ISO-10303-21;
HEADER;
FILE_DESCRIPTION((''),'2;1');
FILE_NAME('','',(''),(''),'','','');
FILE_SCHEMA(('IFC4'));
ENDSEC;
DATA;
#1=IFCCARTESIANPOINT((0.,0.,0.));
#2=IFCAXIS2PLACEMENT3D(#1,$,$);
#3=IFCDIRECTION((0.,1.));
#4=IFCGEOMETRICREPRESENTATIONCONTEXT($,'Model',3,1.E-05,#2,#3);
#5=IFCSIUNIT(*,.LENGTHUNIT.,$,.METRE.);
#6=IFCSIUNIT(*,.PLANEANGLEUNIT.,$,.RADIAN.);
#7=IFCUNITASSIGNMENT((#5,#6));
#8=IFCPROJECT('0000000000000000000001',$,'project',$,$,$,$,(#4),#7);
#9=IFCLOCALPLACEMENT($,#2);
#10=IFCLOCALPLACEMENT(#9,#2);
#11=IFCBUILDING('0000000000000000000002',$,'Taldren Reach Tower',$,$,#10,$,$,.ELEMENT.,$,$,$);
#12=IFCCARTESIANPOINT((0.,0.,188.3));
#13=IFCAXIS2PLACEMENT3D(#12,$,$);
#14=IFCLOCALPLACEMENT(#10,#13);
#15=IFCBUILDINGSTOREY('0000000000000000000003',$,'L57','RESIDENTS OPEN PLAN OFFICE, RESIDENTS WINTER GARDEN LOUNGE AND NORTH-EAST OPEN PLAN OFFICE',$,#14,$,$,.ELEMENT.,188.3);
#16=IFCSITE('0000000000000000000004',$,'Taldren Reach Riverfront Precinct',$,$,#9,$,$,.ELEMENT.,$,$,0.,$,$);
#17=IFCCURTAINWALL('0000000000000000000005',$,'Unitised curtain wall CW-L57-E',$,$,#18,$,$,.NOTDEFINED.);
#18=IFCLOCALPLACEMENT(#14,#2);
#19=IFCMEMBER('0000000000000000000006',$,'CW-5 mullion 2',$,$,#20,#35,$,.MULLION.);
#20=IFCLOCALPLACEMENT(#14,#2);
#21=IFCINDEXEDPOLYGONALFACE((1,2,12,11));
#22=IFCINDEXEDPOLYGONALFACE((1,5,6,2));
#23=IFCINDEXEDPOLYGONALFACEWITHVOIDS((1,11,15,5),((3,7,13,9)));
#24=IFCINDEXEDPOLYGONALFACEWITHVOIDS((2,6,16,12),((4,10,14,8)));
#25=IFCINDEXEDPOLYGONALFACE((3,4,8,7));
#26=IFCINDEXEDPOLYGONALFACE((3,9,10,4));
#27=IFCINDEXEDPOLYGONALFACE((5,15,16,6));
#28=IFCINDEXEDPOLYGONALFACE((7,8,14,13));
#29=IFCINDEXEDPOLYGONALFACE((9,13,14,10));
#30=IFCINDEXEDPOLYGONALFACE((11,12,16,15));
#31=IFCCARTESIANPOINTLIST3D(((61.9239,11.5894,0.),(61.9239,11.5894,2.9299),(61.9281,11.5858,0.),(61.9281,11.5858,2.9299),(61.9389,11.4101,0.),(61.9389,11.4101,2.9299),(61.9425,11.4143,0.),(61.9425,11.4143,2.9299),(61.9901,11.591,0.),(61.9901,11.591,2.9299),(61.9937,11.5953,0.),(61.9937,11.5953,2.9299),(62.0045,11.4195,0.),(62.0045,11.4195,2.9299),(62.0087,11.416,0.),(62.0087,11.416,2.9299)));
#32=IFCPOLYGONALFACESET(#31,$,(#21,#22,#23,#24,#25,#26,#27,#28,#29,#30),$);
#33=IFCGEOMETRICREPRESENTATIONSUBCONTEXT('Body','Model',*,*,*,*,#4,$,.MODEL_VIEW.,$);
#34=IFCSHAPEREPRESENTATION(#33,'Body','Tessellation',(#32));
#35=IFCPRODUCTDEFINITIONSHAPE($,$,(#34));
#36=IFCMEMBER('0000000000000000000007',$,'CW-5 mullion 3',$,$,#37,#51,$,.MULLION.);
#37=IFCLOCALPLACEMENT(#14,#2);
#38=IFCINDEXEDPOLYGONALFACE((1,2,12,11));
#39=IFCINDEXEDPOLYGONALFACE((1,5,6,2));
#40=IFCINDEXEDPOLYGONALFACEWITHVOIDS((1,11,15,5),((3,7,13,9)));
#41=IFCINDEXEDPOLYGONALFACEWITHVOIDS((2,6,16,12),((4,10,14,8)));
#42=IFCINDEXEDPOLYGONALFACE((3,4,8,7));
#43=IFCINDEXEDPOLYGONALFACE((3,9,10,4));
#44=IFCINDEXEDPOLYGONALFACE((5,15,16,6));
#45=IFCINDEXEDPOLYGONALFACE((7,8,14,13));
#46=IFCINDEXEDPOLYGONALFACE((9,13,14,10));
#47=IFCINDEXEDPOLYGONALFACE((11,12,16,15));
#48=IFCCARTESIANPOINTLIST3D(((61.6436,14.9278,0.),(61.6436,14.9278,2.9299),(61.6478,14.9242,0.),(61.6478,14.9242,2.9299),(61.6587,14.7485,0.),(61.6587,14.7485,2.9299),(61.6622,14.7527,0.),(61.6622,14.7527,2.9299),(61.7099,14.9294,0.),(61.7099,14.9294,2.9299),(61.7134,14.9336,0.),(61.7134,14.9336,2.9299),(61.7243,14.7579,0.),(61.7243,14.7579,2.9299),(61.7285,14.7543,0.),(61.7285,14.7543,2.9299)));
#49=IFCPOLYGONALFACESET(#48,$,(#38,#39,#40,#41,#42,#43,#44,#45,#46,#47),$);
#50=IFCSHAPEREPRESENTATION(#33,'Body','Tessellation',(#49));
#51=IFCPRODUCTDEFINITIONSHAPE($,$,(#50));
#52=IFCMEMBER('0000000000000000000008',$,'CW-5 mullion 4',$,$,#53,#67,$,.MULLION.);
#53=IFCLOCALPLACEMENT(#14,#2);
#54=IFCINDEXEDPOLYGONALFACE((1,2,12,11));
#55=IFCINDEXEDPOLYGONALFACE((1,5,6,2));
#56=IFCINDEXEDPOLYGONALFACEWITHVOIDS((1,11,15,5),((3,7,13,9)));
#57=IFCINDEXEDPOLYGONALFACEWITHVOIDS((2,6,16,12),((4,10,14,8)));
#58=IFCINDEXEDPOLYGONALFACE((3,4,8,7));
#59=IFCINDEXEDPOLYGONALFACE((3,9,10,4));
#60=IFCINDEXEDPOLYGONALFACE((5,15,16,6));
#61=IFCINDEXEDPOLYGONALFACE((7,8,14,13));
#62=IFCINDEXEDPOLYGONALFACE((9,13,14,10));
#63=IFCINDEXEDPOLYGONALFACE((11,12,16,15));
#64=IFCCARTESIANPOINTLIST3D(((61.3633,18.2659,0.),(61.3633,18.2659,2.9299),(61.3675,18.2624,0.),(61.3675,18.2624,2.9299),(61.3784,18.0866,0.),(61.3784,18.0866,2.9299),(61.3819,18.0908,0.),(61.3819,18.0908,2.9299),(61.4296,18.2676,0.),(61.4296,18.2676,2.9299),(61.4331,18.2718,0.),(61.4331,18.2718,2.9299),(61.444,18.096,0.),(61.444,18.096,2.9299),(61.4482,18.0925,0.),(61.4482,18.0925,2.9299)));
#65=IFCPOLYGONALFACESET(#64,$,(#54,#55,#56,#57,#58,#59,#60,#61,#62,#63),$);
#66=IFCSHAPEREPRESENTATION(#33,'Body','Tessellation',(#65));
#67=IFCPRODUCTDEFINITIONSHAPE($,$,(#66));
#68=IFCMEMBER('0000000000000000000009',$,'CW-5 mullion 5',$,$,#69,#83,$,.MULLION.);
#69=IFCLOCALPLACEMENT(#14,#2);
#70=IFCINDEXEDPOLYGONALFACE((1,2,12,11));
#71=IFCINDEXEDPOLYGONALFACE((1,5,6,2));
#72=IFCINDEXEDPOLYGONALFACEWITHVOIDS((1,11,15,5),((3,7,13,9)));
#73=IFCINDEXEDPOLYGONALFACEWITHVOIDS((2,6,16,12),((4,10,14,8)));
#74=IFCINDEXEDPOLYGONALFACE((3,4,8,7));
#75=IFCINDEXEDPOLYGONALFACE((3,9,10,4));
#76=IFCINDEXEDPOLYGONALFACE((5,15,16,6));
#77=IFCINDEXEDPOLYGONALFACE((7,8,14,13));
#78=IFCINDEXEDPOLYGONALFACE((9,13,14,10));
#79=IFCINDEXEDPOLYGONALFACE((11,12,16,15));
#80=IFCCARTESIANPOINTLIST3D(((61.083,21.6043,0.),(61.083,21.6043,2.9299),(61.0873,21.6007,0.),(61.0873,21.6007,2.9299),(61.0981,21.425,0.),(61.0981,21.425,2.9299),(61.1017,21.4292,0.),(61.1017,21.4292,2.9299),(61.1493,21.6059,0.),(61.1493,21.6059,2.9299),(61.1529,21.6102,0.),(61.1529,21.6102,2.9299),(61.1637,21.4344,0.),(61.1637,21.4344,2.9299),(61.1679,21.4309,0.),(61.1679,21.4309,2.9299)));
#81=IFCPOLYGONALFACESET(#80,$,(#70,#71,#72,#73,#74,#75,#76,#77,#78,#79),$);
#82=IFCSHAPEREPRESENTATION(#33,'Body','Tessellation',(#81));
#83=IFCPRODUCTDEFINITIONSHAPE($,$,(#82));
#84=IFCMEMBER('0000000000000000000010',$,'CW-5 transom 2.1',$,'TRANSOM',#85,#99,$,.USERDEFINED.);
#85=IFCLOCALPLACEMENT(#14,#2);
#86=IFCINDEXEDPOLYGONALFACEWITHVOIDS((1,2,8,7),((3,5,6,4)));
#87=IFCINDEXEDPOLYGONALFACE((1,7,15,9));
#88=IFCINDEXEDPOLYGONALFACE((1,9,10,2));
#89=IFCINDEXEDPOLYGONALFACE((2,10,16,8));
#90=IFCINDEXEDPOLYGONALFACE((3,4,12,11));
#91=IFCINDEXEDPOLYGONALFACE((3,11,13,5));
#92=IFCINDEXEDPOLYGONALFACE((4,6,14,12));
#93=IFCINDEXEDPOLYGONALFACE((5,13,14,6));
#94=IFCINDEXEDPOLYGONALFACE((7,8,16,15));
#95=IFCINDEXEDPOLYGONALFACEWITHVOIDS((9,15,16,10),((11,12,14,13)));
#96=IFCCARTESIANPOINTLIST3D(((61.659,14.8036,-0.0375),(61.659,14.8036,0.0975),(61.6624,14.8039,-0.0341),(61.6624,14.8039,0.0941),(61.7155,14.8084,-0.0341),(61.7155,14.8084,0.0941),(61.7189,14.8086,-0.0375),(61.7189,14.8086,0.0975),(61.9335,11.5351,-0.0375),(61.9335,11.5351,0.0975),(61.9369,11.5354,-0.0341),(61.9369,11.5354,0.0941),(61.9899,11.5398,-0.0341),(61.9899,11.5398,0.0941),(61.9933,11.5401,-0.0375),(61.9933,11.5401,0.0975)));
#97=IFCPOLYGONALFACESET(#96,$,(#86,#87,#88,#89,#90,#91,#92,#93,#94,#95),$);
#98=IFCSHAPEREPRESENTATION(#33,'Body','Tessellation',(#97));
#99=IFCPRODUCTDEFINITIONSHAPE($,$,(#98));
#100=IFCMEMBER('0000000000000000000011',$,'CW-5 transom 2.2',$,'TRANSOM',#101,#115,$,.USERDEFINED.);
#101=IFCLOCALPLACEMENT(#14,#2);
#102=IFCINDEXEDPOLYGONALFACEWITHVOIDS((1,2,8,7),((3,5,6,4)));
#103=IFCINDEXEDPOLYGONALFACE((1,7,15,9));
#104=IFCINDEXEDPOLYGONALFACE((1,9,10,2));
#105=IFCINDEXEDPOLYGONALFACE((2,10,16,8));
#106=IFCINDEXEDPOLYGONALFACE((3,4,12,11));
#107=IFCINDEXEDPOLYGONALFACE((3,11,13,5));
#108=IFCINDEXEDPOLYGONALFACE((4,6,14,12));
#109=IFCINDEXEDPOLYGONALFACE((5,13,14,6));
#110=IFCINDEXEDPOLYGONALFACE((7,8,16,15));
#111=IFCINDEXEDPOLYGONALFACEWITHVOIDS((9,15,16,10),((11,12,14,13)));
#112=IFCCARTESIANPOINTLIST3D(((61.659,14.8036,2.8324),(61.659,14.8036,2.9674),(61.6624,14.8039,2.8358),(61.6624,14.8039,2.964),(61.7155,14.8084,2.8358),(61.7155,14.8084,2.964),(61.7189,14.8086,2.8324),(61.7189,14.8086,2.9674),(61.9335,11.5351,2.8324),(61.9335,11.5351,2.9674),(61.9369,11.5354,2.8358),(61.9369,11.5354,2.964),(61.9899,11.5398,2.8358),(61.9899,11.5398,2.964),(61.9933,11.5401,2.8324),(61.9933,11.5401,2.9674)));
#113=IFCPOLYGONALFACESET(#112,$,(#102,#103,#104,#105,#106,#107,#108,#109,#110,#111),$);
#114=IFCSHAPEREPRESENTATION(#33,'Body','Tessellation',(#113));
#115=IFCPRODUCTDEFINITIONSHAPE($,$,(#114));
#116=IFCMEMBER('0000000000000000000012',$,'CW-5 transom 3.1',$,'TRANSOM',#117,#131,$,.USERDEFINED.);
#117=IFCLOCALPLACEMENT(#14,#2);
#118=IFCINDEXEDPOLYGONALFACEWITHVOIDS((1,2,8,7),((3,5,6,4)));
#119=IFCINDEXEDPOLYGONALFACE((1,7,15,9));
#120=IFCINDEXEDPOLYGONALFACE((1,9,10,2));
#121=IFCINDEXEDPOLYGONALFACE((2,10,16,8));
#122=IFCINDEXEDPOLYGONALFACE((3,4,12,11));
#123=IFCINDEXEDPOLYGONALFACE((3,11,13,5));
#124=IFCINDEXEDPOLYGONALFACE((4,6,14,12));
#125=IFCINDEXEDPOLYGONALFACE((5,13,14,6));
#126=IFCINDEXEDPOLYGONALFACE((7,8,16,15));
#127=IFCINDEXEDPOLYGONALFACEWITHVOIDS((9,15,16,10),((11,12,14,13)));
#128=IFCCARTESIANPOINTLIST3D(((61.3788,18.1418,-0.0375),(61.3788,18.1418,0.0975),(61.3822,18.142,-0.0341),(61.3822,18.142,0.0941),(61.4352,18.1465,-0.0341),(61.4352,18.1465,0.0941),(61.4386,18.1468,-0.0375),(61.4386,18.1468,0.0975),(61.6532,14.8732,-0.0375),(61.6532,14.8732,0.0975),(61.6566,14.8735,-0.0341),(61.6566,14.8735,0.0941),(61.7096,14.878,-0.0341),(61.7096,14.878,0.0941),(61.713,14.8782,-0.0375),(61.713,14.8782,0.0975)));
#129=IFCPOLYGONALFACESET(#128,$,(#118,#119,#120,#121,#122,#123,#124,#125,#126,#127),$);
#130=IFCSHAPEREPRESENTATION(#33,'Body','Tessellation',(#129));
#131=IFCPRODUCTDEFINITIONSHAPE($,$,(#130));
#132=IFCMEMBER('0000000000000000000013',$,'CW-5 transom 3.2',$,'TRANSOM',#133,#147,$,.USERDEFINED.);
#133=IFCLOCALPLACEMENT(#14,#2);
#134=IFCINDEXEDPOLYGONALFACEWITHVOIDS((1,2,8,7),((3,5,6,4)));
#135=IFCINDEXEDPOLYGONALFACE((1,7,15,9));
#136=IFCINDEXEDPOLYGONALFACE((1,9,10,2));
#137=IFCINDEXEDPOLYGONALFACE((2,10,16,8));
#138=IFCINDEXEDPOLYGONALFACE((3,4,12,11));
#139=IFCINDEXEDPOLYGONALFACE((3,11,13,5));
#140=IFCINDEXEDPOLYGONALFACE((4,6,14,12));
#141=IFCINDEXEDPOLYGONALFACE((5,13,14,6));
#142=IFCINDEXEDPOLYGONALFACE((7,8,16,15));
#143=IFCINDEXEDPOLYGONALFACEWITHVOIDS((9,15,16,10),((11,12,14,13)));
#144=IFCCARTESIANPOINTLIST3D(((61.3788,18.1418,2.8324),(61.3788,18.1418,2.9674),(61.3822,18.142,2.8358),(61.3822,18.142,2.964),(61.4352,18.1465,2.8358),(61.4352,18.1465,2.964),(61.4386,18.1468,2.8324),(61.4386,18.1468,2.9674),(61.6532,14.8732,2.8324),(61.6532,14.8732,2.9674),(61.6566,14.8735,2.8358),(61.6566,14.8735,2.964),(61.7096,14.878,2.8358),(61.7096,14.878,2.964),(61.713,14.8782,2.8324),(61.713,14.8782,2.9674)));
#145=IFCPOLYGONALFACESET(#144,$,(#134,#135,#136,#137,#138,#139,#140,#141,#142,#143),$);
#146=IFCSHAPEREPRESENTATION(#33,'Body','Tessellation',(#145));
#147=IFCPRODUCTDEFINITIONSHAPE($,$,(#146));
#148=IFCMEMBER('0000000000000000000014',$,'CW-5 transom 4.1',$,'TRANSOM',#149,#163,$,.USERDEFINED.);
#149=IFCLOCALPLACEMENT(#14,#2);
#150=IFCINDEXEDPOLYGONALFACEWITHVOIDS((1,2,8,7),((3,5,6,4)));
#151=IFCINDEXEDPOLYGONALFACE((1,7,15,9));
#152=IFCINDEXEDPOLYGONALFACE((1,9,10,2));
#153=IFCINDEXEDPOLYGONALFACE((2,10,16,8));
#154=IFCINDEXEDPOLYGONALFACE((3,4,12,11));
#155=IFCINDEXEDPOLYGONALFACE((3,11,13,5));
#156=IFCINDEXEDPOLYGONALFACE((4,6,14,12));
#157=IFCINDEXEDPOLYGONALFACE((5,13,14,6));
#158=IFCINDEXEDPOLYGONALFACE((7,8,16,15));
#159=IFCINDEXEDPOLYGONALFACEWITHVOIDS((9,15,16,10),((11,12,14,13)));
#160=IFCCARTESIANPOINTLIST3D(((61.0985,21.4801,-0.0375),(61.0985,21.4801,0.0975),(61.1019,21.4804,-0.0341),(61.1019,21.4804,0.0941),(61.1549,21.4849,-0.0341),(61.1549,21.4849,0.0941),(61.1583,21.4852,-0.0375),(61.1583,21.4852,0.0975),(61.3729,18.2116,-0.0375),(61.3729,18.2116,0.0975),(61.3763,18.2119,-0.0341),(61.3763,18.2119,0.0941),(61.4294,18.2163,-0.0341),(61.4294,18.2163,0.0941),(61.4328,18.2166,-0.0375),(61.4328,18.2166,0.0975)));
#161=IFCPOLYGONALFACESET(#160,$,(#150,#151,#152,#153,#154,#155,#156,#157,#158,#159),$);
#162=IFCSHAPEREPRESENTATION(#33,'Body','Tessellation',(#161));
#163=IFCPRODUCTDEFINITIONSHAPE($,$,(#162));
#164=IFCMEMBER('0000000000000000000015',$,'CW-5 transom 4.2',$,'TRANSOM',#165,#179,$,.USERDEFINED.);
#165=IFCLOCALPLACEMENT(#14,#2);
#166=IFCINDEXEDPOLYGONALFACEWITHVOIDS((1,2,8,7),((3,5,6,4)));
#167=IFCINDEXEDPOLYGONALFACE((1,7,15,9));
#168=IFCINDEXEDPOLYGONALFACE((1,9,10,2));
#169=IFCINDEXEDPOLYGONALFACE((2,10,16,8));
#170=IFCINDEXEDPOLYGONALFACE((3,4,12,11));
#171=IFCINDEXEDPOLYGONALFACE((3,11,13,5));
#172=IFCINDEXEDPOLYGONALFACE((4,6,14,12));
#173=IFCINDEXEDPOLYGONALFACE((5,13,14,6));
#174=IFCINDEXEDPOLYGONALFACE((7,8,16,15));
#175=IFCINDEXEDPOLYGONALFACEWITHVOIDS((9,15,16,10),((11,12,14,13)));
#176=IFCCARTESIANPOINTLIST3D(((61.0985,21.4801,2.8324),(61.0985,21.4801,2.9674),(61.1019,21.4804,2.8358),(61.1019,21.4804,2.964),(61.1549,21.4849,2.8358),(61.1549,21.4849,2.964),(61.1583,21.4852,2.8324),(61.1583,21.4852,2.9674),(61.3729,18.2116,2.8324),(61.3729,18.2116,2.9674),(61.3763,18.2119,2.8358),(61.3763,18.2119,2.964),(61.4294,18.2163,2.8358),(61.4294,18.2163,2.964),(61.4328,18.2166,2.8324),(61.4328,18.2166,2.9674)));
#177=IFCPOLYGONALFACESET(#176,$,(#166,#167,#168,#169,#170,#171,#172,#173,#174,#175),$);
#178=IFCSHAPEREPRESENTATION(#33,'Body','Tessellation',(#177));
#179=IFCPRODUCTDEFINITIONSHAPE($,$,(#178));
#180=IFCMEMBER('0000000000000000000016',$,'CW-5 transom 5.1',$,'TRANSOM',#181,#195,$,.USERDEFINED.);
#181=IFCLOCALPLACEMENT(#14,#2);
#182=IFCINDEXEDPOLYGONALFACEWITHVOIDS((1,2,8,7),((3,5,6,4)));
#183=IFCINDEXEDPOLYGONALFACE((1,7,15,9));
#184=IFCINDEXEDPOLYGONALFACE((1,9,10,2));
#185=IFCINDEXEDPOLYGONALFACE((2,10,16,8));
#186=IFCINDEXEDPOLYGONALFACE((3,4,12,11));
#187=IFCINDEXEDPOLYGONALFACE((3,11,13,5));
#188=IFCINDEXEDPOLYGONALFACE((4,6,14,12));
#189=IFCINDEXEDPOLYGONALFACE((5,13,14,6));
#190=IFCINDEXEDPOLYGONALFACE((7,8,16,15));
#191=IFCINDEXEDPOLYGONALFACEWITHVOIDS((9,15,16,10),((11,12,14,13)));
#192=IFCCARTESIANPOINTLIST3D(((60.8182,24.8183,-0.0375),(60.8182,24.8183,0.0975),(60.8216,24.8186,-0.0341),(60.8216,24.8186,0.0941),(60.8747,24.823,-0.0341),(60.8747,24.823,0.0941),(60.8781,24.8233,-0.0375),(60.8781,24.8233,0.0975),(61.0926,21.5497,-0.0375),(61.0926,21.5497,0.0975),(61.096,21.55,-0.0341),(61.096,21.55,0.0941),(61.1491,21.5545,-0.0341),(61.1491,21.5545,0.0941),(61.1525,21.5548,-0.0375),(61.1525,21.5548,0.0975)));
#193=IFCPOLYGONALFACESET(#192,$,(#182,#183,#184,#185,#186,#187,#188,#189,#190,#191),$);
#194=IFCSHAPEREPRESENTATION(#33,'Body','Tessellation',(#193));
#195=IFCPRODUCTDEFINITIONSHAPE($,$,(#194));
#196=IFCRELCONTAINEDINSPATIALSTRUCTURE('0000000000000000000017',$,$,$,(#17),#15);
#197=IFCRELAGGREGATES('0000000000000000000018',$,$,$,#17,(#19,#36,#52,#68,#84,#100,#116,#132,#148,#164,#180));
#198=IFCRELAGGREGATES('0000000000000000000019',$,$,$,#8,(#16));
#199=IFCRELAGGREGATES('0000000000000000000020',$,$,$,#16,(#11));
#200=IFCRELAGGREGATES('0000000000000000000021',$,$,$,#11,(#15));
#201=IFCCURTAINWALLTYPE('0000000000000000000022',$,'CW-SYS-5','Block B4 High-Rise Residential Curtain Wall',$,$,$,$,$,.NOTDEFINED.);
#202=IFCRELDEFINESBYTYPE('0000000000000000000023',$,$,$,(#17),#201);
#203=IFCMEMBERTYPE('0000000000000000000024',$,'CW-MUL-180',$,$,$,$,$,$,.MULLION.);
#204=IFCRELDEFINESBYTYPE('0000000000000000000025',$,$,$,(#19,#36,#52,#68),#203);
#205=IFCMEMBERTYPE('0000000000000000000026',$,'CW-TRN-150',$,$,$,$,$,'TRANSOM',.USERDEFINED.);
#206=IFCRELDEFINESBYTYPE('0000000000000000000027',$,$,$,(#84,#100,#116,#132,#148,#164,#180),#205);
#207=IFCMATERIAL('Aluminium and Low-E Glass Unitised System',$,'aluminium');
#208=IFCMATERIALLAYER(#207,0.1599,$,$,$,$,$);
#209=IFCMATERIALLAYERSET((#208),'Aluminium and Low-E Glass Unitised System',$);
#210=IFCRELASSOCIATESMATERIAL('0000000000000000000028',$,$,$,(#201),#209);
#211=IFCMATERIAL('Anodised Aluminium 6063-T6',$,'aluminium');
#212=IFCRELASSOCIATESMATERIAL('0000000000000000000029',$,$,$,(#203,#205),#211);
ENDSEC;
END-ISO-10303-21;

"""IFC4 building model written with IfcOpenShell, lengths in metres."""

from ifc_helpers import new_model, si_unit, direction, frame, origin, origin_2d, place, context, subcontext, project, spatial, hollow_rectangle, extrude, source, transform, mapped, material, layer, layer_set, material_profile, profile_set, type_object, element, aggregate, save


model = new_model("IFC4")

# Units and contexts
model_context = context("Model", 3, precision=1e-05, world=origin(), true_north=direction((0.0, 1.0)))
body_context = subcontext(model_context, "Body", "Model", "MODEL_VIEW")
ifc_project = project(units=[si_unit("LENGTHUNIT", "METRE"), si_unit("PLANEANGLEUNIT", "RADIAN")], contexts=[model_context])

# Site, building, storey
site_placement = place(None, origin())
site = spatial("IfcSite", under=ifc_project, at=site_placement, Name="Taldren Reach Riverfront Precinct", CompositionType="ELEMENT", RefElevation=0.0)
building_placement = place(site_placement, origin())
building = spatial("IfcBuilding", under=site, at=building_placement, Name="Taldren Reach Tower", CompositionType="ELEMENT")
storey_placement = place(building_placement, frame((0.0, 0.0, 188.3)))
storey = spatial("IfcBuildingStorey", under=building, at=storey_placement, Name="L57", Description="RESIDENTS OPEN PLAN OFFICE, RESIDENTS WINTER GARDEN LOUNGE AND NORTH-EAST OPEN PLAN OFFICE", CompositionType="ELEMENT", Elevation=188.3)

# Curtain wall, members
ifc_material_1 = material(Name="Aluminium and Low-E Glass Unitised System", Category="aluminium")
ifc_layer_1 = layer(ifc_material_1, 0.1599)
ifc_layer_set_1 = layer_set([ifc_layer_1], Name="Aluminium and Low-E Glass Unitised System")
curtain_wall_type = type_object("IfcCurtainWallType", Name="CW-SYS-5", Description="Block B4 High-Rise Residential Curtain Wall", PredefinedType="NOTDEFINED", material=ifc_layer_set_1)
curtain_wall_placement = place(storey_placement, origin())
curtain_wall = element("IfcCurtainWall", 1, at=curtain_wall_placement, inside=storey, type_object=curtain_wall_type, Name="Unitised curtain wall CW-L57-E", PredefinedType="NOTDEFINED")
ifc_material_2 = material(Name="Anodised Aluminium 6063-T6", Category="aluminium")
ifc_material_profile_1 = material_profile(ifc_material_2, hollow_rectangle(XDim=0.0701, YDim=0.1799, WallThickness=0.0039, at=origin_2d()), Name="ALU-180x70x4RHS")
ifc_profile_set_1 = profile_set([ifc_material_profile_1], Name="Anodised Aluminium 6063-T6")
member_type_1 = type_object("IfcMemberType", Name="CW-MUL-180", PredefinedType="MULLION", material=ifc_profile_set_1)
shared_shape_1 = source(origin(), body_context, "Body", "SweptSolid", [
    extrude(hollow_rectangle(XDim=0.0701, YDim=0.1799, WallThickness=0.0039, at=origin_2d()), origin(), (0.0, 0.0, 1.0), 2.9299),
])
member_1_placement = place(storey_placement, frame((61.9663, 11.5027, 0.0), z_axis=(0.0, 0.0, 1.0), x_axis=(-0.996493, -0.083678, 0.0)))
member_1 = element("IfcMember", 2, at=member_1_placement, type_object=member_type_1, Name="CW-5 mullion 2", PredefinedType="MULLION", context=body_context, shape_type="MappedRepresentation", body=[
    mapped(shared_shape_1, transform((0.0, 0.0, 0.0), scale=1.0)),
])
member_2_placement = place(storey_placement, frame((61.686, 14.8411, 0.0), z_axis=(0.0, 0.0, 1.0), x_axis=(-0.996493, -0.083678, 0.0)))
member_2 = element("IfcMember", 3, at=member_2_placement, type_object=member_type_1, Name="CW-5 mullion 3", PredefinedType="MULLION", context=body_context, shape_type="MappedRepresentation", body=[
    mapped(shared_shape_1, transform((0.0, 0.0, 0.0), scale=1.0)),
])
member_3_placement = place(storey_placement, frame((61.4058, 18.1792, 0.0), z_axis=(0.0, 0.0, 1.0), x_axis=(-0.996493, -0.083678, 0.0)))
member_3 = element("IfcMember", 4, at=member_3_placement, type_object=member_type_1, Name="CW-5 mullion 4", PredefinedType="MULLION", context=body_context, shape_type="MappedRepresentation", body=[
    mapped(shared_shape_1, transform((0.0, 0.0, 0.0), scale=1.0)),
])
member_4_placement = place(storey_placement, frame((61.1255, 21.5176, 0.0), z_axis=(0.0, 0.0, 1.0), x_axis=(-0.996493, -0.083678, 0.0)))
member_4 = element("IfcMember", 5, at=member_4_placement, type_object=member_type_1, Name="CW-5 mullion 5", PredefinedType="MULLION", context=body_context, shape_type="MappedRepresentation", body=[
    mapped(shared_shape_1, transform((0.0, 0.0, 0.0), scale=1.0)),
])
ifc_material_profile_2 = material_profile(ifc_material_2, hollow_rectangle(XDim=0.0601, YDim=0.135, WallThickness=0.0034, at=origin_2d()), Name="ALU-135x60x3.5RHS")
ifc_profile_set_2 = profile_set([ifc_material_profile_2], Name="Anodised Aluminium 6063-T6")
member_type_2 = type_object("IfcMemberType", Name="CW-TRN-150", ElementType="TRANSOM", PredefinedType="USERDEFINED", material=ifc_profile_set_2)
shared_shape_2 = source(origin(), body_context, "Body", "SweptSolid", [
    extrude(hollow_rectangle(XDim=0.0601, YDim=0.135, WallThickness=0.0034, at=origin_2d()), origin(), (0.0, 0.0, 1.0), 3.28),
])
member_5_placement = place(storey_placement, frame((61.9634, 11.5376, 0.03), z_axis=(-0.083661, 0.996494, 0.0), x_axis=(-0.996494, -0.083661, 0.0)))
member_5 = element("IfcMember", 6, at=member_5_placement, type_object=member_type_2, Name="CW-5 transom 2.1", ObjectType="TRANSOM", PredefinedType="USERDEFINED", context=body_context, shape_type="MappedRepresentation", body=[
    mapped(shared_shape_2, transform((0.0, 0.0, 0.0), scale=1.0)),
])
member_6_placement = place(storey_placement, frame((61.9634, 11.5376, 2.8999), z_axis=(-0.083661, 0.996494, 0.0), x_axis=(-0.996494, -0.083661, 0.0)))
member_6 = element("IfcMember", 7, at=member_6_placement, type_object=member_type_2, Name="CW-5 transom 2.2", ObjectType="TRANSOM", PredefinedType="USERDEFINED", context=body_context, shape_type="MappedRepresentation", body=[
    mapped(shared_shape_2, transform((0.0, 0.0, 0.0), scale=1.0)),
])
member_7_placement = place(storey_placement, frame((61.6831, 14.8757, 0.03), z_axis=(-0.083661, 0.996494, 0.0), x_axis=(-0.996494, -0.083661, 0.0)))
member_7 = element("IfcMember", 8, at=member_7_placement, type_object=member_type_2, Name="CW-5 transom 3.1", ObjectType="TRANSOM", PredefinedType="USERDEFINED", context=body_context, shape_type="MappedRepresentation", body=[
    mapped(shared_shape_2, transform((0.0, 0.0, 0.0), scale=1.0)),
])
member_8_placement = place(storey_placement, frame((61.6831, 14.8757, 2.8999), z_axis=(-0.083661, 0.996494, 0.0), x_axis=(-0.996494, -0.083661, 0.0)))
member_8 = element("IfcMember", 9, at=member_8_placement, type_object=member_type_2, Name="CW-5 transom 3.2", ObjectType="TRANSOM", PredefinedType="USERDEFINED", context=body_context, shape_type="MappedRepresentation", body=[
    mapped(shared_shape_2, transform((0.0, 0.0, 0.0), scale=1.0)),
])
member_9_placement = place(storey_placement, frame((61.4028, 18.2141, 0.03), z_axis=(-0.083661, 0.996494, 0.0), x_axis=(-0.996494, -0.083661, 0.0)))
member_9 = element("IfcMember", 10, at=member_9_placement, type_object=member_type_2, Name="CW-5 transom 4.1", ObjectType="TRANSOM", PredefinedType="USERDEFINED", context=body_context, shape_type="MappedRepresentation", body=[
    mapped(shared_shape_2, transform((0.0, 0.0, 0.0), scale=1.0)),
])
member_10_placement = place(storey_placement, frame((61.4028, 18.2141, 2.8999), z_axis=(-0.083661, 0.996494, 0.0), x_axis=(-0.996494, -0.083661, 0.0)))
member_10 = element("IfcMember", 11, at=member_10_placement, type_object=member_type_2, Name="CW-5 transom 4.2", ObjectType="TRANSOM", PredefinedType="USERDEFINED", context=body_context, shape_type="MappedRepresentation", body=[
    mapped(shared_shape_2, transform((0.0, 0.0, 0.0), scale=1.0)),
])
member_11_placement = place(storey_placement, frame((61.1226, 21.5522, 0.03), z_axis=(-0.083661, 0.996494, 0.0), x_axis=(-0.996494, -0.083661, 0.0)))
member_11 = element("IfcMember", 12, at=member_11_placement, type_object=member_type_2, Name="CW-5 transom 5.1", ObjectType="TRANSOM", PredefinedType="USERDEFINED", context=body_context, shape_type="MappedRepresentation", body=[
    mapped(shared_shape_2, transform((0.0, 0.0, 0.0), scale=1.0)),
])

aggregate(curtain_wall, [member_1, member_2, member_3, member_4, member_5, member_6, member_7, member_8, member_9, member_10, member_11])

save(model, "model.ifc")
